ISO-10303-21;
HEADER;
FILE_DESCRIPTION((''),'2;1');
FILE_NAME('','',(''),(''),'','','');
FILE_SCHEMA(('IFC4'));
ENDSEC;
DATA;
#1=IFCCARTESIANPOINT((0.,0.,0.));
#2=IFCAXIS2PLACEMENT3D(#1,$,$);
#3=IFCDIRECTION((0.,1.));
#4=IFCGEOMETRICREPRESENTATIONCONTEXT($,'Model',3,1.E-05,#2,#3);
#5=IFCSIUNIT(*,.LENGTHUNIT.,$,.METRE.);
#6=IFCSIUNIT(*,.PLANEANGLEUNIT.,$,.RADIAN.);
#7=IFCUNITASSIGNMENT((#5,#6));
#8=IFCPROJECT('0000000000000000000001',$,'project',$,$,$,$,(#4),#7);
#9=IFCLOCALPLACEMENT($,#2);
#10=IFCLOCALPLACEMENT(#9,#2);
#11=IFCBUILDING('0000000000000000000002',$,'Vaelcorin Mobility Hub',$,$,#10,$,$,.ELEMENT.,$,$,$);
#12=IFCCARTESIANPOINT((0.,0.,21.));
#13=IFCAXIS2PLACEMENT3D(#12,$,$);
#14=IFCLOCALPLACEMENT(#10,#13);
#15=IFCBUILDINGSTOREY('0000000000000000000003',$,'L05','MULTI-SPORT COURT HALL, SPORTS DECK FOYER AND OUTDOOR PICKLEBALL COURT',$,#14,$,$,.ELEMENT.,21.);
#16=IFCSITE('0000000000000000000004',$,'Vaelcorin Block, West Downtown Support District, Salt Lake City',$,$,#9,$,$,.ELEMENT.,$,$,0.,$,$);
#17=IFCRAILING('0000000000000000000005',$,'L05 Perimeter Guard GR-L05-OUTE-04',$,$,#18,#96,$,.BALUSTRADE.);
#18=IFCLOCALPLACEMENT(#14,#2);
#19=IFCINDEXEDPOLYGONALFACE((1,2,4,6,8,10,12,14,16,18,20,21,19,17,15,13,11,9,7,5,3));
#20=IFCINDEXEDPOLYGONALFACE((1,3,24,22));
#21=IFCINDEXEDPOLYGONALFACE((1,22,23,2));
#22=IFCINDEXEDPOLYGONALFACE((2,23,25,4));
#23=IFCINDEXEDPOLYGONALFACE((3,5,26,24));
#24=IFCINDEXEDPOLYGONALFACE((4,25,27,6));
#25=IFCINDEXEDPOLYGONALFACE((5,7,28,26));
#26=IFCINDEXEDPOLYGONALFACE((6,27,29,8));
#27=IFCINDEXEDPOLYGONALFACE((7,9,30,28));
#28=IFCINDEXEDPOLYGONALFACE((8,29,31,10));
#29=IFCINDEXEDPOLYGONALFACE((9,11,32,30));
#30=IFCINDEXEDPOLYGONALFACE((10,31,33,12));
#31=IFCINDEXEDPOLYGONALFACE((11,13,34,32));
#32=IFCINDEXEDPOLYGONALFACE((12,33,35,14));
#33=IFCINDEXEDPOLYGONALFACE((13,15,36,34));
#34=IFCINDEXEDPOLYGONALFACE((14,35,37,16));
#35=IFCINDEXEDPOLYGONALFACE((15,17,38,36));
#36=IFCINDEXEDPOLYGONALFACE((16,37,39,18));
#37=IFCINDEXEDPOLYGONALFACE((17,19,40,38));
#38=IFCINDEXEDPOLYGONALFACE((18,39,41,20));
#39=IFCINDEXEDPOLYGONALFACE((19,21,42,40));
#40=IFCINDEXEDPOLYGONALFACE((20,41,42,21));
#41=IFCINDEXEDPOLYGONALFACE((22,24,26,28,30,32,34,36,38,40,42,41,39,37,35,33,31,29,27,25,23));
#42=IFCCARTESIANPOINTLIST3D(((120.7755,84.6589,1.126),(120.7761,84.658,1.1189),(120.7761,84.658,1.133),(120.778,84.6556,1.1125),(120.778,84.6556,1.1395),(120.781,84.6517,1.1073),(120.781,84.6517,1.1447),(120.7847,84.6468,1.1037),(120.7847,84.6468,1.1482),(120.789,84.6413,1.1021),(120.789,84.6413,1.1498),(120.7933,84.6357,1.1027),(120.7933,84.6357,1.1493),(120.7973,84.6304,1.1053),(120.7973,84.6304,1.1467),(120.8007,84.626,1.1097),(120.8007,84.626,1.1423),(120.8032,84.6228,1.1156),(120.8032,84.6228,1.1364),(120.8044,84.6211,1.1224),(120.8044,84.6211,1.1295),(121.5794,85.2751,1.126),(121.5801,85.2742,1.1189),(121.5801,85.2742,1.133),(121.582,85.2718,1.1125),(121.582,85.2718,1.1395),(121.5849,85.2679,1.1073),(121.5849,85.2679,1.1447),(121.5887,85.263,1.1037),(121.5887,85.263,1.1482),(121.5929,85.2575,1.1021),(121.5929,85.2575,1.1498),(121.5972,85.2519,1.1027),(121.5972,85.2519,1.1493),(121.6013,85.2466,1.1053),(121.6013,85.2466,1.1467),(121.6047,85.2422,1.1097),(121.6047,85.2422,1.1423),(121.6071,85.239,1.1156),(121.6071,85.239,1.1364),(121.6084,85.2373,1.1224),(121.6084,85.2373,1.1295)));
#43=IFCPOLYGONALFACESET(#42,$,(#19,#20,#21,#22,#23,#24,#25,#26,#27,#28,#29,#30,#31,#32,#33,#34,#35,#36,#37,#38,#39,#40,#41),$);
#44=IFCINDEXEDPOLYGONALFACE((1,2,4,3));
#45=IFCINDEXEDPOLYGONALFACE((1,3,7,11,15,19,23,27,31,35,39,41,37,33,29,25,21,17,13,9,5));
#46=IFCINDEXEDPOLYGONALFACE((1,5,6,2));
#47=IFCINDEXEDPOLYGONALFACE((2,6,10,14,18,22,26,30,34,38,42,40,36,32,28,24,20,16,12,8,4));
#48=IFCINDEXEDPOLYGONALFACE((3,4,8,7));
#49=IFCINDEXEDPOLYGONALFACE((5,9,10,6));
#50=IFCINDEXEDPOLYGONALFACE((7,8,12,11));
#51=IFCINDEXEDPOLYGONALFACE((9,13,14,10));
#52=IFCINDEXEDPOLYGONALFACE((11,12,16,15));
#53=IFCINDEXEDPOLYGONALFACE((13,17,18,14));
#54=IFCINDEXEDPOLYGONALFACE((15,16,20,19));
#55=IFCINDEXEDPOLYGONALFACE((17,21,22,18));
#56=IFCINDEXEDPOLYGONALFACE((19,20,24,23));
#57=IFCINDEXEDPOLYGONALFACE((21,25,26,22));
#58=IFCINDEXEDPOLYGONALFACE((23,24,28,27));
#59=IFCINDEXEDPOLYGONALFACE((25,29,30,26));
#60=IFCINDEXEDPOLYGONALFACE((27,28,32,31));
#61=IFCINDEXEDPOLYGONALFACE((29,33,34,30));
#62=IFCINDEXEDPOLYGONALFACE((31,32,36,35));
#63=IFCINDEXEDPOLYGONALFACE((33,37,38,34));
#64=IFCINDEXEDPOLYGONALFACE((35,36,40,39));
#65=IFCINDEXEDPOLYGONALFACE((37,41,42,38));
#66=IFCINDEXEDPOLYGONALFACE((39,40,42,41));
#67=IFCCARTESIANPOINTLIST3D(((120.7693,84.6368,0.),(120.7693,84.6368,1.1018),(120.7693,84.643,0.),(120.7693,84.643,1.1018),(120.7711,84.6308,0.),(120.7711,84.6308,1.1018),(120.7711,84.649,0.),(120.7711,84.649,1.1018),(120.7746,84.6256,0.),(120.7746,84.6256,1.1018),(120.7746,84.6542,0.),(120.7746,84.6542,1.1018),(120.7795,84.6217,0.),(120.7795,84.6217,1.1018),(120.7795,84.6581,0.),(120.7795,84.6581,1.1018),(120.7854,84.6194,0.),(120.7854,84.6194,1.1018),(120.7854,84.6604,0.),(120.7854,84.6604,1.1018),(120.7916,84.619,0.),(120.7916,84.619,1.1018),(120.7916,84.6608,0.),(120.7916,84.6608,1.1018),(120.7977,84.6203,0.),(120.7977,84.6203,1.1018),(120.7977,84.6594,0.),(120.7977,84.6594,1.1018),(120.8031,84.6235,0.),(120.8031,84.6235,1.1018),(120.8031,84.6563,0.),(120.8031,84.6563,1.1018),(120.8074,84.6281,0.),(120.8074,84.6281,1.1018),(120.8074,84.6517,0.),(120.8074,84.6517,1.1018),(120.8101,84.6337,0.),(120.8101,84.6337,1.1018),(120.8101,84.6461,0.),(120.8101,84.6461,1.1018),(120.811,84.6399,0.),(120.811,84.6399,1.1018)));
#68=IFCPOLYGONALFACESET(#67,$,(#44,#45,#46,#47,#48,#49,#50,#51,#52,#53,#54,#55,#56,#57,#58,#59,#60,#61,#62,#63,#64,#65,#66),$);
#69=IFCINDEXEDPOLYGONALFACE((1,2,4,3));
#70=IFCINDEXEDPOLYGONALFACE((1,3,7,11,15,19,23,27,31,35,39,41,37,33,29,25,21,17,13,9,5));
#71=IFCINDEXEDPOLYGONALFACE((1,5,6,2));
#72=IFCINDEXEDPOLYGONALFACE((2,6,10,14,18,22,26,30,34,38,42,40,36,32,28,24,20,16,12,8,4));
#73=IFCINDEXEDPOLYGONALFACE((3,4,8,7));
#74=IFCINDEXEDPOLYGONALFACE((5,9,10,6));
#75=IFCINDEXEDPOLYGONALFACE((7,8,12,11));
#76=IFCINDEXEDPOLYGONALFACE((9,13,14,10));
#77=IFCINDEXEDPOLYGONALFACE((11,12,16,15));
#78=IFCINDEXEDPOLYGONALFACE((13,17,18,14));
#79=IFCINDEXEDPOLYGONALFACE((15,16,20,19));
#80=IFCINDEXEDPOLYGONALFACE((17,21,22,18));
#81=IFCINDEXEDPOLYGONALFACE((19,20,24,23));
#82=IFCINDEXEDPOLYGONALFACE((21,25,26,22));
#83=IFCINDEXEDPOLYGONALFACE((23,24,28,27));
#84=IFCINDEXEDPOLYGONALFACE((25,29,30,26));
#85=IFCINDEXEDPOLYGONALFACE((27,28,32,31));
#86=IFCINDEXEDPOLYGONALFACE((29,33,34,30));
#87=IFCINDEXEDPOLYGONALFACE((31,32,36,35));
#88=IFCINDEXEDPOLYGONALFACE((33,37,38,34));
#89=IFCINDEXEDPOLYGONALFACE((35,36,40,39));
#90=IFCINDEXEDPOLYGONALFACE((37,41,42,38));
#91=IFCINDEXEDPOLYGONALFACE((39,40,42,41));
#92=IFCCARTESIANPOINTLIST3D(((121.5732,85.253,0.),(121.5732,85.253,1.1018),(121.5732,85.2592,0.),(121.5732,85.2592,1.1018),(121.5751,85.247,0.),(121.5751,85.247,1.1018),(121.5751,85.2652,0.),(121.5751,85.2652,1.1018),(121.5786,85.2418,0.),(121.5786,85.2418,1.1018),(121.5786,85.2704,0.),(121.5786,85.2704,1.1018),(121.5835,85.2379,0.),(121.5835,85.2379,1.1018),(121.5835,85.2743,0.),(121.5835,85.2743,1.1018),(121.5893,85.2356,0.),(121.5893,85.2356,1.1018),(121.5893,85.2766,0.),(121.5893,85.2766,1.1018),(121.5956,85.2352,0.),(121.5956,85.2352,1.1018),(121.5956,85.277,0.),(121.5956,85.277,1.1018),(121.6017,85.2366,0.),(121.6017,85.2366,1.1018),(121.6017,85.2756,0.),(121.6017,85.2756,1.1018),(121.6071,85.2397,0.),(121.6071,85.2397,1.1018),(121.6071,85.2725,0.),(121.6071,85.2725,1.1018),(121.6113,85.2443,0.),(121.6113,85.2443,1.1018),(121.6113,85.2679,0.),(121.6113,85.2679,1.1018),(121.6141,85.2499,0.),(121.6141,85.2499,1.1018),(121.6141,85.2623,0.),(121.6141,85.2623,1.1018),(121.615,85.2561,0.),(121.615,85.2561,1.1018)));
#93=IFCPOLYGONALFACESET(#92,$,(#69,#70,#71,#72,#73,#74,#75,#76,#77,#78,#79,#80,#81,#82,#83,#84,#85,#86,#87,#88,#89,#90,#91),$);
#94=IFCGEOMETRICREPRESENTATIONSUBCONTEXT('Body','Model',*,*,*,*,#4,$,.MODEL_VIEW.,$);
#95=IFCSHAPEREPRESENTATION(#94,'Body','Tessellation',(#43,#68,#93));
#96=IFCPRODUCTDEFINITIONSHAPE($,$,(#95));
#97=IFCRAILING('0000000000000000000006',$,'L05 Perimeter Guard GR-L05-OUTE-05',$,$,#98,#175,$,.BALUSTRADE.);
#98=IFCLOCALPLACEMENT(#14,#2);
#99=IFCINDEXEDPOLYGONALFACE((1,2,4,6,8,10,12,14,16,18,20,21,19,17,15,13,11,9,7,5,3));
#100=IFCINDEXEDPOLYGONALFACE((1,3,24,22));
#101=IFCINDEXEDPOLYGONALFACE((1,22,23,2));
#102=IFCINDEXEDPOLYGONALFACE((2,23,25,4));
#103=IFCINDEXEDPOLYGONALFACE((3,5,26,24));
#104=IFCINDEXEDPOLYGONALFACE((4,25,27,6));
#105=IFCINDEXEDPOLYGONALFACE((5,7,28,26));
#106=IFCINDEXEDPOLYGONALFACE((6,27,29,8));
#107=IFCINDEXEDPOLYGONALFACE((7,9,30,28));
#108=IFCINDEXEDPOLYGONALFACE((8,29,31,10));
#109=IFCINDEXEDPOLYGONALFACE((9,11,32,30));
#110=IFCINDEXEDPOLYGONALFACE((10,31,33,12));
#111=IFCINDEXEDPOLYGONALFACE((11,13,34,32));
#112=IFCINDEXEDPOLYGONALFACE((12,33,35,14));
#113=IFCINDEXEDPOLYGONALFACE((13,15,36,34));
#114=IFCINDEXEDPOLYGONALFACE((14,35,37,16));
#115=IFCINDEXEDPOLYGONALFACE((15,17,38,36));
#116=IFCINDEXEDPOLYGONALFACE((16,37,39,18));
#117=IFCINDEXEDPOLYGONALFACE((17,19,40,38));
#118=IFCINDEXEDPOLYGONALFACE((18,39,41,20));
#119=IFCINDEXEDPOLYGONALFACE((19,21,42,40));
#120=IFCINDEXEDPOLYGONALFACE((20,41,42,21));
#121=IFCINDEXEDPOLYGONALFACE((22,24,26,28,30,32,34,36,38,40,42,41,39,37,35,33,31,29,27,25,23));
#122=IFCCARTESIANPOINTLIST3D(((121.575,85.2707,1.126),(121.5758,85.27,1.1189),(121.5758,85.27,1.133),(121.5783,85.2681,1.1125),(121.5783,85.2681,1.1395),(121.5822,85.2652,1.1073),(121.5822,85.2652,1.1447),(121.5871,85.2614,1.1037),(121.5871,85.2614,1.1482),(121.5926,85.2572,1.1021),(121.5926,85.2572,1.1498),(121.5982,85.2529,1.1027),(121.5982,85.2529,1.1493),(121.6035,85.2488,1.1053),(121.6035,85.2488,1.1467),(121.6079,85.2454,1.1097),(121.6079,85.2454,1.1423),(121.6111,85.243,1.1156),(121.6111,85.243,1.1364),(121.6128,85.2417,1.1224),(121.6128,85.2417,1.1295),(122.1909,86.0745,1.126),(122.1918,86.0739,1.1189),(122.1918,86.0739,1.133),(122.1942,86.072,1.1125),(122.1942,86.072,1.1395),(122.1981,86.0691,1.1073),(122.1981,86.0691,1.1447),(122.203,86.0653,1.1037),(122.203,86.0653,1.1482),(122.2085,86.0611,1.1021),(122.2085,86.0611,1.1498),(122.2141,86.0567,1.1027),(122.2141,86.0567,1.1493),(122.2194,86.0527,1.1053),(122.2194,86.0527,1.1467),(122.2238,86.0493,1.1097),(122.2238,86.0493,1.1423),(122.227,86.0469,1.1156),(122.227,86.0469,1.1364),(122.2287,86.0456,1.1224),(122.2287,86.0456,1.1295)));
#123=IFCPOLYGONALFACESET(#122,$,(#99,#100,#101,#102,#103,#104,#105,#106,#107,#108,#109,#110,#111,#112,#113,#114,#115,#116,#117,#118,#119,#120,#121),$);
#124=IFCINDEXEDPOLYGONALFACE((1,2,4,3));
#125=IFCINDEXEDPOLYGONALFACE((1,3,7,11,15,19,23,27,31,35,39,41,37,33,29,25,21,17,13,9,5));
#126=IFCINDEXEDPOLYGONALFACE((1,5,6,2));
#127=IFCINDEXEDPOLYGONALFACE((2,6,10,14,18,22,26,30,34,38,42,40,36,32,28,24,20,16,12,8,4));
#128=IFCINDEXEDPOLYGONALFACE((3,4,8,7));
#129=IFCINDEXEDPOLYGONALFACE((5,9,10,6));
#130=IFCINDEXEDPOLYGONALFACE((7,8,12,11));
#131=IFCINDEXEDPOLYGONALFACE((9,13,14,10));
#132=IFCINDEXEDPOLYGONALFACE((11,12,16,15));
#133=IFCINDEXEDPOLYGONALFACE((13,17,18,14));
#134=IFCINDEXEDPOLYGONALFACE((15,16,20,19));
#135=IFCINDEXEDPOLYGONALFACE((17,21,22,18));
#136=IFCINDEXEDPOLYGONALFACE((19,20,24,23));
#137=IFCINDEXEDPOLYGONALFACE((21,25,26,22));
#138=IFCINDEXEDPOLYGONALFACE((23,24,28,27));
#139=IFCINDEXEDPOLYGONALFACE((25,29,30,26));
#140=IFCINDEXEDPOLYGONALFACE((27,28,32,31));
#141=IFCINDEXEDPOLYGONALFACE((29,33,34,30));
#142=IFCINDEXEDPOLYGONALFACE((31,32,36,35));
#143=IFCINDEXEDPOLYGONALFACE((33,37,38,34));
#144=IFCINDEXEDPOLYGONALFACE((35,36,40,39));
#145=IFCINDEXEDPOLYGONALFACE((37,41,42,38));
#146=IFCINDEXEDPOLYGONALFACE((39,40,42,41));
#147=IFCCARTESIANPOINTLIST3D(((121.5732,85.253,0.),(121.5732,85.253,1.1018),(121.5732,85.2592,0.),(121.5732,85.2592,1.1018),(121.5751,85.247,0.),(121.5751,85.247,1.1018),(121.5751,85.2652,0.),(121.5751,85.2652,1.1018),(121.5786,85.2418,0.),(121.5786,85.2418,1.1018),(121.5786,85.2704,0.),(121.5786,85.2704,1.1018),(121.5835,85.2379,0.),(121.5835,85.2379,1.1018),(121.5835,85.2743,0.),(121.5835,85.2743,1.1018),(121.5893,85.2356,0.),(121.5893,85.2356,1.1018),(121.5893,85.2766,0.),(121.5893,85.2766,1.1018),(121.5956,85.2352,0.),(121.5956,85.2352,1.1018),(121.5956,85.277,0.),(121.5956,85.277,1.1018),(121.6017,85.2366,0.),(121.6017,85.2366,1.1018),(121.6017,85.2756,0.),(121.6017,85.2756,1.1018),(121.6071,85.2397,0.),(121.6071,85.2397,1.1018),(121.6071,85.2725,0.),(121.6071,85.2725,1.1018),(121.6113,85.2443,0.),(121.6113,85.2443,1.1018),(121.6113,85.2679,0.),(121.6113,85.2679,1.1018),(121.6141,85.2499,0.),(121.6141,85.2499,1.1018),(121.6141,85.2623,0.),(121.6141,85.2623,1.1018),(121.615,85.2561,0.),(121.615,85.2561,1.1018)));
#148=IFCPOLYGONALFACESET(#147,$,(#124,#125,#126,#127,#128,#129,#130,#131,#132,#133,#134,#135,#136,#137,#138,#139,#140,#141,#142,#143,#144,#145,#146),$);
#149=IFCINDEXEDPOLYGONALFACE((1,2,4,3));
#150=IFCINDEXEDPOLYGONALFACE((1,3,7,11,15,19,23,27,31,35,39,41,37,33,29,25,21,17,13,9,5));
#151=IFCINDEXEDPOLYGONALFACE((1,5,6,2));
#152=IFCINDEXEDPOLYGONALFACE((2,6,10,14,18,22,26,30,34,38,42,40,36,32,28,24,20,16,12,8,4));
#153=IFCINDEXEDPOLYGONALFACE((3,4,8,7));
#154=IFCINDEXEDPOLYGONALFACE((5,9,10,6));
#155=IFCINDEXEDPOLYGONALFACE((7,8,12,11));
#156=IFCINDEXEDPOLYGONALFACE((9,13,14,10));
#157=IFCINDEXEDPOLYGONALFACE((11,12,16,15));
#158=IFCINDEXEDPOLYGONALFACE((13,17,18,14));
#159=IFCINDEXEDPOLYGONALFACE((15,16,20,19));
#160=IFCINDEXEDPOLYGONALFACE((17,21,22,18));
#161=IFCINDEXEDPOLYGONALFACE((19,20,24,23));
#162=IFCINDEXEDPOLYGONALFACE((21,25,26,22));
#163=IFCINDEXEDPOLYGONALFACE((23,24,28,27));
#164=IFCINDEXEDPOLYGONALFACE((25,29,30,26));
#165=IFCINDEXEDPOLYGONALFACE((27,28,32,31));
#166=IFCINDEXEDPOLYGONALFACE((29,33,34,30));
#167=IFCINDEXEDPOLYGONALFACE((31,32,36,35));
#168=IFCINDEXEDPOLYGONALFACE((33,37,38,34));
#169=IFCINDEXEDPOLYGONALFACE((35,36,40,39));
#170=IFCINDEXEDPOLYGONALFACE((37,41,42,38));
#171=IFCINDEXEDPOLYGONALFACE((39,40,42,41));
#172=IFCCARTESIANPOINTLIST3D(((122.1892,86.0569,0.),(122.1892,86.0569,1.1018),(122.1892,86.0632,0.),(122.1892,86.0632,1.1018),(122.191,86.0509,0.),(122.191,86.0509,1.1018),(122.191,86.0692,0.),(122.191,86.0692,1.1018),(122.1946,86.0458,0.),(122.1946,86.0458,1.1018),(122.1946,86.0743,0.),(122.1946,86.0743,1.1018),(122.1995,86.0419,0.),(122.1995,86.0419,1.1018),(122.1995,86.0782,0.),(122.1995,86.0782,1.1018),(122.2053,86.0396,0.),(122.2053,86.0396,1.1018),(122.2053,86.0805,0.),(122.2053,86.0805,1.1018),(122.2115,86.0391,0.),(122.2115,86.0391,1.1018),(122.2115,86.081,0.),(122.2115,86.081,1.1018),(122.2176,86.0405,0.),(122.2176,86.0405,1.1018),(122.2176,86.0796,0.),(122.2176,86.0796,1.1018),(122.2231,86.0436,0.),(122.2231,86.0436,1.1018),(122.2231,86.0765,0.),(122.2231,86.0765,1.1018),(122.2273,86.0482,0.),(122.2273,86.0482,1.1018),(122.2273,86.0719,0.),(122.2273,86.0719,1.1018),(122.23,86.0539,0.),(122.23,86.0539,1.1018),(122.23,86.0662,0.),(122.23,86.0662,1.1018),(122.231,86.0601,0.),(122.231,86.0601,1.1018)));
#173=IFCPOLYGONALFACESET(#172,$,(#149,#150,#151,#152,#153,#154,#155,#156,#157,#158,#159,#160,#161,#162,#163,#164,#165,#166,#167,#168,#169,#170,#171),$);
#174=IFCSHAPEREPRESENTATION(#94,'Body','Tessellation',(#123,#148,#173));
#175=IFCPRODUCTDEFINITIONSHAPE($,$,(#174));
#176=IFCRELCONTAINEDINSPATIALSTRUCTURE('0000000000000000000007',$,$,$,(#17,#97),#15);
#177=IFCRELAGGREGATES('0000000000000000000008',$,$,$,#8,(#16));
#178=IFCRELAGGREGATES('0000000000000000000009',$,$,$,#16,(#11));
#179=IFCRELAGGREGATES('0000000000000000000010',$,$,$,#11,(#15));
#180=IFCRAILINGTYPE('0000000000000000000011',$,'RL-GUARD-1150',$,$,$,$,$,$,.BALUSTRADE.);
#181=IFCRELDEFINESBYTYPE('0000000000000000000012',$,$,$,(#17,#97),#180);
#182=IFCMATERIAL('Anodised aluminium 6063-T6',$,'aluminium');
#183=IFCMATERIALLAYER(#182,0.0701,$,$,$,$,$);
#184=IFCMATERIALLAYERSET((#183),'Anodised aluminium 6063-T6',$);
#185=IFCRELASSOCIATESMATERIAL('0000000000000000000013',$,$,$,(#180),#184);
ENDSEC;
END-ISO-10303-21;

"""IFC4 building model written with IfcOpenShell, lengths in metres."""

from ifc_helpers import new_model, si_unit, direction, frame, origin, origin_2d, place, context, subcontext, project, spatial, circle, extrude, material, layer, layer_set, type_object, element, save


model = new_model("IFC4")

# Units and contexts
model_context = context("Model", 3, precision=1e-05, world=origin(), true_north=direction((0.0, 1.0)))
body_context = subcontext(model_context, "Body", "Model", "MODEL_VIEW")
ifc_project = project(units=[si_unit("LENGTHUNIT", "METRE"), si_unit("PLANEANGLEUNIT", "RADIAN")], contexts=[model_context])

# Site, building, storey
site_placement = place(None, origin())
site = spatial("IfcSite", under=ifc_project, at=site_placement, Name="Vaelcorin Block, West Downtown Support District, Salt Lake City", CompositionType="ELEMENT", RefElevation=0.0)
building_placement = place(site_placement, origin())
building = spatial("IfcBuilding", under=site, at=building_placement, Name="Vaelcorin Mobility Hub", CompositionType="ELEMENT")
storey_placement = place(building_placement, frame((0.0, 0.0, 21.0)))
storey = spatial("IfcBuildingStorey", under=building, at=storey_placement, Name="L05", Description="MULTI-SPORT COURT HALL, SPORTS DECK FOYER AND OUTDOOR PICKLEBALL COURT", CompositionType="ELEMENT", Elevation=21.0)

# Shared definitions
ifc_material_1 = material(Name="Anodised aluminium 6063-T6", Category="aluminium")

# Railings
ifc_layer_1 = layer(ifc_material_1, 0.0701)
ifc_layer_set_1 = layer_set([ifc_layer_1], Name="Anodised aluminium 6063-T6")
railing_type = type_object("IfcRailingType", Name="RL-GUARD-1150", PredefinedType="BALUSTRADE", material=ifc_layer_set_1)
railing_1_placement = place(storey_placement, frame((120.79, 84.6399, 0.0)))
element("IfcRailing", 1, at=railing_1_placement, inside=storey, type_object=railing_type, Name="L05 Perimeter Guard GR-L05-OUTE-04", PredefinedType="BALUSTRADE", context=body_context, shape_type="SweptSolid", body=[
    extrude(circle(Radius=0.0239, at=origin_2d()), frame((0.0, 0.0, 1.126), z_axis=(0.79368, 0.608335, 0.0), x_axis=(-0.608335, 0.79368, 0.0)), (0.0, 0.0, 1.0), 1.0129),
    extrude(circle(Radius=0.021, at=origin_2d()), origin(), (0.0, 0.0, 1.0), 1.1018),
    extrude(circle(Radius=0.021, at=origin_2d()), frame((0.804, 0.6162, 0.0)), (0.0, 0.0, 1.0), 1.1018),
])
railing_2_placement = place(storey_placement, frame((121.594, 85.2561, 0.0)))
element("IfcRailing", 2, at=railing_2_placement, inside=storey, type_object=railing_type, Name="L05 Perimeter Guard GR-L05-OUTE-05", PredefinedType="BALUSTRADE", context=body_context, shape_type="SweptSolid", body=[
    extrude(circle(Radius=0.0239, at=origin_2d()), frame((0.0, 0.0, 1.126), z_axis=(0.608184, 0.793796, 0.0), x_axis=(-0.793796, 0.608184, 0.0)), (0.0, 0.0, 1.0), 1.0127),
    extrude(circle(Radius=0.021, at=origin_2d()), origin(), (0.0, 0.0, 1.0), 1.1018),
    extrude(circle(Radius=0.021, at=origin_2d()), frame((0.616, 0.804, 0.0)), (0.0, 0.0, 1.0), 1.1018),
])

save(model, "model.ifc")
